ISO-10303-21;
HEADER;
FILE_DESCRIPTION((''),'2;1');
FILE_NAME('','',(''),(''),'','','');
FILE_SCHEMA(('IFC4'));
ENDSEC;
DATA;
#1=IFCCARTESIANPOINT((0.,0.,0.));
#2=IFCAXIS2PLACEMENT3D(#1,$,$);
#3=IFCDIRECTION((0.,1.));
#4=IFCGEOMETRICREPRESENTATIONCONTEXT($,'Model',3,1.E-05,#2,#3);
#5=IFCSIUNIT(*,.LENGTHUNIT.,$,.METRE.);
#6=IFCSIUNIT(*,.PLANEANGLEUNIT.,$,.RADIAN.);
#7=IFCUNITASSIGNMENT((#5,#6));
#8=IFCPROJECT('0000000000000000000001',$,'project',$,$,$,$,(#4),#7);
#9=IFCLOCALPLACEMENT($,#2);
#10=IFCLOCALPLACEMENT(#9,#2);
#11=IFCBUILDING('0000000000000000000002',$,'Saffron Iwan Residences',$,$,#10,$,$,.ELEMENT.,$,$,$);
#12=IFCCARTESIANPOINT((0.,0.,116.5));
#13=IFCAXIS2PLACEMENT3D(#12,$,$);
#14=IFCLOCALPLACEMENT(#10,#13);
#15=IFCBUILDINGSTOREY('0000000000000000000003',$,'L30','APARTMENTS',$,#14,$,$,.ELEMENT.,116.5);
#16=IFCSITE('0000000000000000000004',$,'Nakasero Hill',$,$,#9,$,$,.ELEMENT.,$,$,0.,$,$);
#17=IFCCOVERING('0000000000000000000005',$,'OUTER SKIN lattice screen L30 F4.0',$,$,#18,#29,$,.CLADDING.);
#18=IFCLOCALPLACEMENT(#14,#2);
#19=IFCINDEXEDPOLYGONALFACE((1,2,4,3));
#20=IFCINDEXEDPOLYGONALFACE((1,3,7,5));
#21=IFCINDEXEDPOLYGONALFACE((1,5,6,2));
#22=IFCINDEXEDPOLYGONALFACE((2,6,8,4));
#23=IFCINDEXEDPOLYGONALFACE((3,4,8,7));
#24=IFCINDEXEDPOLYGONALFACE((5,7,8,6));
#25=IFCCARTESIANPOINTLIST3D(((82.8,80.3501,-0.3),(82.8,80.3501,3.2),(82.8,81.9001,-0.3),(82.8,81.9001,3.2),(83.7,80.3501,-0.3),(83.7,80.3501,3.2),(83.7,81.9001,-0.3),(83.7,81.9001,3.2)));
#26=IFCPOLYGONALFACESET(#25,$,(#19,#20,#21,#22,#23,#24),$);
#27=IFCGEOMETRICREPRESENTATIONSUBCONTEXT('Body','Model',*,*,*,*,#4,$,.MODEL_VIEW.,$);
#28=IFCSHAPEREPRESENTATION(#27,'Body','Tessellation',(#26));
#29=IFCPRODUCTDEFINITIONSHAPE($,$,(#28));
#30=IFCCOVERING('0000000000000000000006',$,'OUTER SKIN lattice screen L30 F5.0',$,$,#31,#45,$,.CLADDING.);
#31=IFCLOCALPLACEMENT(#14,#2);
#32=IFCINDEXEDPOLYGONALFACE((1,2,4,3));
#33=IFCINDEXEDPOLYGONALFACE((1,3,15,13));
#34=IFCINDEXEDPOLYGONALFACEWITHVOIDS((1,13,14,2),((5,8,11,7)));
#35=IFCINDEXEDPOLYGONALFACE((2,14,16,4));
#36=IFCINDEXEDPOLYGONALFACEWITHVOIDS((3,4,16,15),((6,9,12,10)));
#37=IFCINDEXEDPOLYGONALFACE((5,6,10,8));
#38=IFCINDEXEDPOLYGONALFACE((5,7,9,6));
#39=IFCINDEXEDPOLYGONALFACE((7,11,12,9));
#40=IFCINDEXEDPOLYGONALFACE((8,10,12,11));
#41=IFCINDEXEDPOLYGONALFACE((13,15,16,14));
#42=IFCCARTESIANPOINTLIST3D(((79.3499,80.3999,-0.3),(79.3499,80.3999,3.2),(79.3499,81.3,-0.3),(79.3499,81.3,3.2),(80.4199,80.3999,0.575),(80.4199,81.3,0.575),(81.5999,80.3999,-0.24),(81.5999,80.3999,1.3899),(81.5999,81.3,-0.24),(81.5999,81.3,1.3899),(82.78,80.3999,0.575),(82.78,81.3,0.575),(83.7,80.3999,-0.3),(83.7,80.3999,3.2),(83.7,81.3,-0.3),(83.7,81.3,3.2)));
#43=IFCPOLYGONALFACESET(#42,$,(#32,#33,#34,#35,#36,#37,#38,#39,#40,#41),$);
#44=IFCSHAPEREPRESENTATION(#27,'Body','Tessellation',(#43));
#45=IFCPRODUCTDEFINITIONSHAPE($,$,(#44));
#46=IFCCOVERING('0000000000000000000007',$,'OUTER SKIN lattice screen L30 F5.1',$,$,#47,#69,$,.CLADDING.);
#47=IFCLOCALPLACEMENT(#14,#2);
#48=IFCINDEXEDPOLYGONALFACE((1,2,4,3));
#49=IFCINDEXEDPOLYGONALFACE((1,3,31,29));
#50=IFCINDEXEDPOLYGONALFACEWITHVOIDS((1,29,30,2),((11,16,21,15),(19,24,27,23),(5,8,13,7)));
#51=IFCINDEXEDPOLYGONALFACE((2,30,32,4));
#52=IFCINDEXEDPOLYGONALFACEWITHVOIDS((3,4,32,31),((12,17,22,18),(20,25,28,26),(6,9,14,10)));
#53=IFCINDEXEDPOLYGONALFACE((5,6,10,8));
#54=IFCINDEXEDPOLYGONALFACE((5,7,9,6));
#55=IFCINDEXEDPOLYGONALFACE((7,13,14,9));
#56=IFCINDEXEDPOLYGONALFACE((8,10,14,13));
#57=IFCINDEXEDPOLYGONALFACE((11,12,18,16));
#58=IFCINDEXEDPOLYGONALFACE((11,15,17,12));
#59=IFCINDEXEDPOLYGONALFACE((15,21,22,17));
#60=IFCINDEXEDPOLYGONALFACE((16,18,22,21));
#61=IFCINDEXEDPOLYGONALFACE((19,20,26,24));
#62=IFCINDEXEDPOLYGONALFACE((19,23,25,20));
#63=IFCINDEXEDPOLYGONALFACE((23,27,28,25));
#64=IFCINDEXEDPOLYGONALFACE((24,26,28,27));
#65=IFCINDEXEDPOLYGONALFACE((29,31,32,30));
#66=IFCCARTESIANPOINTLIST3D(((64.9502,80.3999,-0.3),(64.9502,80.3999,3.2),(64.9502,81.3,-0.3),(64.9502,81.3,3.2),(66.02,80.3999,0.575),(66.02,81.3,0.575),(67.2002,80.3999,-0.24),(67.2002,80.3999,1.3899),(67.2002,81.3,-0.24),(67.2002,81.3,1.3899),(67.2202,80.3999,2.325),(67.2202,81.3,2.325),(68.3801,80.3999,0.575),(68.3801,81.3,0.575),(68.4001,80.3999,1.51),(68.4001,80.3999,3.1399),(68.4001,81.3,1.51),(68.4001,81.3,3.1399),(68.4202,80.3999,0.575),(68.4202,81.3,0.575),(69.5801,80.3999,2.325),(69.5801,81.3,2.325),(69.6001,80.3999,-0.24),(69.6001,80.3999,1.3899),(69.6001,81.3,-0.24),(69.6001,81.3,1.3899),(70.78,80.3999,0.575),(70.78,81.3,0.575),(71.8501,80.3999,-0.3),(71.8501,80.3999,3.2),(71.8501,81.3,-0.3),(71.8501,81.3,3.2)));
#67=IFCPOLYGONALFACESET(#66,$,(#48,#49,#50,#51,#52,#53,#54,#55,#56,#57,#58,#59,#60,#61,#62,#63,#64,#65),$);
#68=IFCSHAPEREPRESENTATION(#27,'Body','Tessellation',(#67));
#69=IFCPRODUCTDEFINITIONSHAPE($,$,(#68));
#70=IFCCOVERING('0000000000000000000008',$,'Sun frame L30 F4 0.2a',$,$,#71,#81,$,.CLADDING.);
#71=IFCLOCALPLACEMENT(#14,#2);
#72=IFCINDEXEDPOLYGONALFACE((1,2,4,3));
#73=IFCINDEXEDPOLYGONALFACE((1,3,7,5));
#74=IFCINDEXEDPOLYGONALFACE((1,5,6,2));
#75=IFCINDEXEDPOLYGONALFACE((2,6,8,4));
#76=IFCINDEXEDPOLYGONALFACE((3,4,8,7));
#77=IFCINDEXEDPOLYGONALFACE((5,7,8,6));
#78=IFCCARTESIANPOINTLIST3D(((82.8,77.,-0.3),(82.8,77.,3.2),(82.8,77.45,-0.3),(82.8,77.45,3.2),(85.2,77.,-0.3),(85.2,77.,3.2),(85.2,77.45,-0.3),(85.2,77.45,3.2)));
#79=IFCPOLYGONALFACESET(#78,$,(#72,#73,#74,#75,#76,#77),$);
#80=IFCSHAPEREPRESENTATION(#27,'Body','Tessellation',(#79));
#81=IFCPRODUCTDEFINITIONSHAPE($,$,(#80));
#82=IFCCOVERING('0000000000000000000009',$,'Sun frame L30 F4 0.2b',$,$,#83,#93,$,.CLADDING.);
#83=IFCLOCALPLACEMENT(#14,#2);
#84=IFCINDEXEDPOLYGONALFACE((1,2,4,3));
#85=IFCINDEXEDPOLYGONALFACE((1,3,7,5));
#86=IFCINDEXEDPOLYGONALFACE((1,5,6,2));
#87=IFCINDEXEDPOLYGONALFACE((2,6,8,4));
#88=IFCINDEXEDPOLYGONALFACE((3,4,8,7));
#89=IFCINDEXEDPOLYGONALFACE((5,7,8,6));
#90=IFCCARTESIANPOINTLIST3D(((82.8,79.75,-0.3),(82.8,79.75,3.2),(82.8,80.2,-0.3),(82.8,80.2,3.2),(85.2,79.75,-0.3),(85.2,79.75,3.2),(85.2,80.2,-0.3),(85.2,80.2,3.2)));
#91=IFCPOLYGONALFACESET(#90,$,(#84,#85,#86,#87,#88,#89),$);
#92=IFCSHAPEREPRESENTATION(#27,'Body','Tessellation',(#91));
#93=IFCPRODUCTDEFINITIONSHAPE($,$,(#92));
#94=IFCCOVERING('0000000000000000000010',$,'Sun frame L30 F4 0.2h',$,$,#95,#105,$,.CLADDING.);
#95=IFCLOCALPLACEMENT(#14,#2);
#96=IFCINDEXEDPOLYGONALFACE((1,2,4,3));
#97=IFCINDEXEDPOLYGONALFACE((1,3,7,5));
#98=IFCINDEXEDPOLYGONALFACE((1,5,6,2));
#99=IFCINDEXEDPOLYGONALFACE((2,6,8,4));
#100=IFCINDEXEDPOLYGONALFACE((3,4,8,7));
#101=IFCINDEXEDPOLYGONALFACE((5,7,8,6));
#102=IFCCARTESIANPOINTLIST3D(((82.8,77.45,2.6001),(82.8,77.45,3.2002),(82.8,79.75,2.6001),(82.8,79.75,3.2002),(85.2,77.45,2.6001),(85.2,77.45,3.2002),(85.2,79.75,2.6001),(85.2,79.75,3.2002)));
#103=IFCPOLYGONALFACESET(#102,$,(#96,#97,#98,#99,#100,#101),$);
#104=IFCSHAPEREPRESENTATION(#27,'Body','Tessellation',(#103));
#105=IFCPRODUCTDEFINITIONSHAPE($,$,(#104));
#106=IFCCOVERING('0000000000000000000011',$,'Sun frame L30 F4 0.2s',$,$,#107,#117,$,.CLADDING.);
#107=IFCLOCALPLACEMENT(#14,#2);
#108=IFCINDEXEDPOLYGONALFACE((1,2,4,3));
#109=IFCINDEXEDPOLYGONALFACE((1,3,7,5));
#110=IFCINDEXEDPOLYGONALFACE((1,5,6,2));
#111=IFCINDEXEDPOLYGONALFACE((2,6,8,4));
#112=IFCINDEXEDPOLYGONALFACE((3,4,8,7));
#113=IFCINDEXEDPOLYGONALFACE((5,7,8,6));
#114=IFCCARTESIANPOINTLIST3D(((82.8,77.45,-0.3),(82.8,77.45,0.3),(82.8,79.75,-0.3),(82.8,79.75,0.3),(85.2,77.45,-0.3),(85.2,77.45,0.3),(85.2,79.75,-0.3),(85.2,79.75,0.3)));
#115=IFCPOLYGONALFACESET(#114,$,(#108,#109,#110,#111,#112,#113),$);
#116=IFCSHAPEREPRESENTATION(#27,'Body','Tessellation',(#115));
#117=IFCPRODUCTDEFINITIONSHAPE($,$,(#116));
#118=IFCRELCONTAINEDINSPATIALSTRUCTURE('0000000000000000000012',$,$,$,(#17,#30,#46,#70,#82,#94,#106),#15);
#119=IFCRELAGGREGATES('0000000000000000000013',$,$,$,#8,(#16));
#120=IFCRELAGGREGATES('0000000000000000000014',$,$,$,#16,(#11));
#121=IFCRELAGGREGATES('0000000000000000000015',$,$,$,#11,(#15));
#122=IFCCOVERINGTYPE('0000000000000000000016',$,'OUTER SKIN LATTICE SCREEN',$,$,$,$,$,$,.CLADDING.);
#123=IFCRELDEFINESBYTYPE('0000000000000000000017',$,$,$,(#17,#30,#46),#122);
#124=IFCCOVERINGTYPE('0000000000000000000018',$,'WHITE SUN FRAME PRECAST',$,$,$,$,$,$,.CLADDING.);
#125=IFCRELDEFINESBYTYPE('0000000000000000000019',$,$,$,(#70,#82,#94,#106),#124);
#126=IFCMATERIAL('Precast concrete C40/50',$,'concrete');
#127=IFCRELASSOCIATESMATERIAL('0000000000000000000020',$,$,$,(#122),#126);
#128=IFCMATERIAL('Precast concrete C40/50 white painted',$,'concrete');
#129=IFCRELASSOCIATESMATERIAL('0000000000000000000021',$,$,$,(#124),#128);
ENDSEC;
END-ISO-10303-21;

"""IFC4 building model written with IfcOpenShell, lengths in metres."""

from ifc_helpers import new_model, si_unit, direction, frame, origin, place, context, subcontext, project, spatial, polyline, outline, extrude, material, type_object, element, save


model = new_model("IFC4")

# Units and contexts
model_context = context("Model", 3, precision=1e-05, world=origin(), true_north=direction((0.0, 1.0)))
body_context = subcontext(model_context, "Body", "Model", "MODEL_VIEW")
ifc_project = project(units=[si_unit("LENGTHUNIT", "METRE"), si_unit("PLANEANGLEUNIT", "RADIAN")], contexts=[model_context])

# Site, building, storey
site_placement = place(None, origin())
site = spatial("IfcSite", under=ifc_project, at=site_placement, Name="Nakasero Hill", CompositionType="ELEMENT", RefElevation=0.0)
building_placement = place(site_placement, origin())
building = spatial("IfcBuilding", under=site, at=building_placement, Name="Saffron Iwan Residences", CompositionType="ELEMENT")
storey_placement = place(building_placement, frame((0.0, 0.0, 116.5)))
storey = spatial("IfcBuildingStorey", under=building, at=storey_placement, Name="L30", Description="APARTMENTS", CompositionType="ELEMENT", Elevation=116.5)

# Coverings
ifc_material_1 = material(Name="Precast concrete C40/50", Category="concrete")
covering_type_1 = type_object("IfcCoveringType", Name="OUTER SKIN LATTICE SCREEN", PredefinedType="CLADDING", material=ifc_material_1)
covering_1_placement = place(storey_placement, frame((82.8, 80.3501, -0.3), z_axis=(1.0, 0.0, 0.0), x_axis=(0.0, 1.0, 0.0)))
element("IfcCovering", 1, at=covering_1_placement, inside=storey, type_object=covering_type_1, Name="OUTER SKIN lattice screen L30 F4.0", PredefinedType="CLADDING", context=body_context, shape_type="SweptSolid", body=[
    extrude(outline(polyline([(0.0, 0.0), (1.55, 0.0), (1.55, 3.5), (0.0, 3.5), (0.0, 0.0)])), origin(), (0.0, 0.0, 1.0), 0.8999),
])
covering_2_placement = place(storey_placement, frame((83.7, 80.3999, -0.3), z_axis=(0.0, 1.0, 0.0), x_axis=(-1.0, 0.0, 0.0)))
element("IfcCovering", 2, at=covering_2_placement, inside=storey, type_object=covering_type_1, Name="OUTER SKIN lattice screen L30 F5.0", PredefinedType="CLADDING", context=body_context, shape_type="SweptSolid", body=[
    extrude(outline(polyline([(0.0, 0.0), (4.3501, 0.0), (4.3501, 3.5), (0.0, 3.5), (0.0, 0.0)]), holes=[polyline([(0.9199, 0.875), (2.1001, 0.0601), (3.28, 0.875), (2.1001, 1.6899), (0.9199, 0.875)])]), origin(), (0.0, 0.0, 1.0), 0.9001),
])
covering_3_placement = place(storey_placement, frame((71.8501, 80.3999, -0.3), z_axis=(0.0, 1.0, 0.0), x_axis=(-1.0, 0.0, 0.0)))
element("IfcCovering", 3, at=covering_3_placement, inside=storey, type_object=covering_type_1, Name="OUTER SKIN lattice screen L30 F5.1", PredefinedType="CLADDING", context=body_context, shape_type="SweptSolid", body=[
    extrude(outline(polyline([(0.0, 0.0), (6.8999, 0.0), (6.8999, 3.5), (0.0, 3.5), (0.0, 0.0)]), holes=[polyline([(1.0701, 0.875), (2.25, 0.0601), (3.4299, 0.875), (2.25, 1.6899), (1.0701, 0.875)]), polyline([(3.47, 0.875), (4.6499, 0.0601), (5.8301, 0.875), (4.6499, 1.6899), (3.47, 0.875)]), polyline([(2.27, 2.625), (3.45, 1.8101), (4.6299, 2.625), (3.45, 3.4399), (2.27, 2.625)])]), origin(), (0.0, 0.0, 1.0), 0.9001),
])
ifc_material_2 = material(Name="Precast concrete C40/50 white painted", Category="concrete")
covering_type_2 = type_object("IfcCoveringType", Name="WHITE SUN FRAME PRECAST", PredefinedType="CLADDING", material=ifc_material_2)
for number, where, z_axis, x_axis, name in (
    (4, (82.8, 77.0, -0.3), (1.0, 0.0, 0.0), (0.0, 1.0, 0.0), "Sun frame L30 F4 0.2a"),
    (5, (82.8, 79.75, -0.3), (1.0, 0.0, 0.0), (0.0, 1.0, 0.0), "Sun frame L30 F4 0.2b"),
):
    element("IfcCovering", number, at=place(storey_placement, frame(where, z_axis=z_axis, x_axis=x_axis)), inside=storey, type_object=covering_type_2, Name=name, PredefinedType="CLADDING", context=body_context, shape_type="SweptSolid", body=[
        extrude(outline(polyline([(0.0, 0.0), (0.45, 0.0), (0.45, 3.5), (0.0, 3.5), (0.0, 0.0)])), origin(), (0.0, 0.0, 1.0), 2.3999),
    ])
for number, where, z_axis, x_axis, name in (
    (6, (82.8, 77.45, 2.6001), (1.0, 0.0, 0.0), (0.0, 1.0, 0.0), "Sun frame L30 F4 0.2h"),
    (7, (82.8, 77.45, -0.3), (1.0, 0.0, 0.0), (0.0, 1.0, 0.0), "Sun frame L30 F4 0.2s"),
):
    element("IfcCovering", number, at=place(storey_placement, frame(where, z_axis=z_axis, x_axis=x_axis)), inside=storey, type_object=covering_type_2, Name=name, PredefinedType="CLADDING", context=body_context, shape_type="SweptSolid", body=[
        extrude(outline(polyline([(0.0, 0.0), (2.3, 0.0), (2.3, 0.6001), (0.0, 0.6001), (0.0, 0.0)])), origin(), (0.0, 0.0, 1.0), 2.3999),
    ])

save(model, "model.ifc")
